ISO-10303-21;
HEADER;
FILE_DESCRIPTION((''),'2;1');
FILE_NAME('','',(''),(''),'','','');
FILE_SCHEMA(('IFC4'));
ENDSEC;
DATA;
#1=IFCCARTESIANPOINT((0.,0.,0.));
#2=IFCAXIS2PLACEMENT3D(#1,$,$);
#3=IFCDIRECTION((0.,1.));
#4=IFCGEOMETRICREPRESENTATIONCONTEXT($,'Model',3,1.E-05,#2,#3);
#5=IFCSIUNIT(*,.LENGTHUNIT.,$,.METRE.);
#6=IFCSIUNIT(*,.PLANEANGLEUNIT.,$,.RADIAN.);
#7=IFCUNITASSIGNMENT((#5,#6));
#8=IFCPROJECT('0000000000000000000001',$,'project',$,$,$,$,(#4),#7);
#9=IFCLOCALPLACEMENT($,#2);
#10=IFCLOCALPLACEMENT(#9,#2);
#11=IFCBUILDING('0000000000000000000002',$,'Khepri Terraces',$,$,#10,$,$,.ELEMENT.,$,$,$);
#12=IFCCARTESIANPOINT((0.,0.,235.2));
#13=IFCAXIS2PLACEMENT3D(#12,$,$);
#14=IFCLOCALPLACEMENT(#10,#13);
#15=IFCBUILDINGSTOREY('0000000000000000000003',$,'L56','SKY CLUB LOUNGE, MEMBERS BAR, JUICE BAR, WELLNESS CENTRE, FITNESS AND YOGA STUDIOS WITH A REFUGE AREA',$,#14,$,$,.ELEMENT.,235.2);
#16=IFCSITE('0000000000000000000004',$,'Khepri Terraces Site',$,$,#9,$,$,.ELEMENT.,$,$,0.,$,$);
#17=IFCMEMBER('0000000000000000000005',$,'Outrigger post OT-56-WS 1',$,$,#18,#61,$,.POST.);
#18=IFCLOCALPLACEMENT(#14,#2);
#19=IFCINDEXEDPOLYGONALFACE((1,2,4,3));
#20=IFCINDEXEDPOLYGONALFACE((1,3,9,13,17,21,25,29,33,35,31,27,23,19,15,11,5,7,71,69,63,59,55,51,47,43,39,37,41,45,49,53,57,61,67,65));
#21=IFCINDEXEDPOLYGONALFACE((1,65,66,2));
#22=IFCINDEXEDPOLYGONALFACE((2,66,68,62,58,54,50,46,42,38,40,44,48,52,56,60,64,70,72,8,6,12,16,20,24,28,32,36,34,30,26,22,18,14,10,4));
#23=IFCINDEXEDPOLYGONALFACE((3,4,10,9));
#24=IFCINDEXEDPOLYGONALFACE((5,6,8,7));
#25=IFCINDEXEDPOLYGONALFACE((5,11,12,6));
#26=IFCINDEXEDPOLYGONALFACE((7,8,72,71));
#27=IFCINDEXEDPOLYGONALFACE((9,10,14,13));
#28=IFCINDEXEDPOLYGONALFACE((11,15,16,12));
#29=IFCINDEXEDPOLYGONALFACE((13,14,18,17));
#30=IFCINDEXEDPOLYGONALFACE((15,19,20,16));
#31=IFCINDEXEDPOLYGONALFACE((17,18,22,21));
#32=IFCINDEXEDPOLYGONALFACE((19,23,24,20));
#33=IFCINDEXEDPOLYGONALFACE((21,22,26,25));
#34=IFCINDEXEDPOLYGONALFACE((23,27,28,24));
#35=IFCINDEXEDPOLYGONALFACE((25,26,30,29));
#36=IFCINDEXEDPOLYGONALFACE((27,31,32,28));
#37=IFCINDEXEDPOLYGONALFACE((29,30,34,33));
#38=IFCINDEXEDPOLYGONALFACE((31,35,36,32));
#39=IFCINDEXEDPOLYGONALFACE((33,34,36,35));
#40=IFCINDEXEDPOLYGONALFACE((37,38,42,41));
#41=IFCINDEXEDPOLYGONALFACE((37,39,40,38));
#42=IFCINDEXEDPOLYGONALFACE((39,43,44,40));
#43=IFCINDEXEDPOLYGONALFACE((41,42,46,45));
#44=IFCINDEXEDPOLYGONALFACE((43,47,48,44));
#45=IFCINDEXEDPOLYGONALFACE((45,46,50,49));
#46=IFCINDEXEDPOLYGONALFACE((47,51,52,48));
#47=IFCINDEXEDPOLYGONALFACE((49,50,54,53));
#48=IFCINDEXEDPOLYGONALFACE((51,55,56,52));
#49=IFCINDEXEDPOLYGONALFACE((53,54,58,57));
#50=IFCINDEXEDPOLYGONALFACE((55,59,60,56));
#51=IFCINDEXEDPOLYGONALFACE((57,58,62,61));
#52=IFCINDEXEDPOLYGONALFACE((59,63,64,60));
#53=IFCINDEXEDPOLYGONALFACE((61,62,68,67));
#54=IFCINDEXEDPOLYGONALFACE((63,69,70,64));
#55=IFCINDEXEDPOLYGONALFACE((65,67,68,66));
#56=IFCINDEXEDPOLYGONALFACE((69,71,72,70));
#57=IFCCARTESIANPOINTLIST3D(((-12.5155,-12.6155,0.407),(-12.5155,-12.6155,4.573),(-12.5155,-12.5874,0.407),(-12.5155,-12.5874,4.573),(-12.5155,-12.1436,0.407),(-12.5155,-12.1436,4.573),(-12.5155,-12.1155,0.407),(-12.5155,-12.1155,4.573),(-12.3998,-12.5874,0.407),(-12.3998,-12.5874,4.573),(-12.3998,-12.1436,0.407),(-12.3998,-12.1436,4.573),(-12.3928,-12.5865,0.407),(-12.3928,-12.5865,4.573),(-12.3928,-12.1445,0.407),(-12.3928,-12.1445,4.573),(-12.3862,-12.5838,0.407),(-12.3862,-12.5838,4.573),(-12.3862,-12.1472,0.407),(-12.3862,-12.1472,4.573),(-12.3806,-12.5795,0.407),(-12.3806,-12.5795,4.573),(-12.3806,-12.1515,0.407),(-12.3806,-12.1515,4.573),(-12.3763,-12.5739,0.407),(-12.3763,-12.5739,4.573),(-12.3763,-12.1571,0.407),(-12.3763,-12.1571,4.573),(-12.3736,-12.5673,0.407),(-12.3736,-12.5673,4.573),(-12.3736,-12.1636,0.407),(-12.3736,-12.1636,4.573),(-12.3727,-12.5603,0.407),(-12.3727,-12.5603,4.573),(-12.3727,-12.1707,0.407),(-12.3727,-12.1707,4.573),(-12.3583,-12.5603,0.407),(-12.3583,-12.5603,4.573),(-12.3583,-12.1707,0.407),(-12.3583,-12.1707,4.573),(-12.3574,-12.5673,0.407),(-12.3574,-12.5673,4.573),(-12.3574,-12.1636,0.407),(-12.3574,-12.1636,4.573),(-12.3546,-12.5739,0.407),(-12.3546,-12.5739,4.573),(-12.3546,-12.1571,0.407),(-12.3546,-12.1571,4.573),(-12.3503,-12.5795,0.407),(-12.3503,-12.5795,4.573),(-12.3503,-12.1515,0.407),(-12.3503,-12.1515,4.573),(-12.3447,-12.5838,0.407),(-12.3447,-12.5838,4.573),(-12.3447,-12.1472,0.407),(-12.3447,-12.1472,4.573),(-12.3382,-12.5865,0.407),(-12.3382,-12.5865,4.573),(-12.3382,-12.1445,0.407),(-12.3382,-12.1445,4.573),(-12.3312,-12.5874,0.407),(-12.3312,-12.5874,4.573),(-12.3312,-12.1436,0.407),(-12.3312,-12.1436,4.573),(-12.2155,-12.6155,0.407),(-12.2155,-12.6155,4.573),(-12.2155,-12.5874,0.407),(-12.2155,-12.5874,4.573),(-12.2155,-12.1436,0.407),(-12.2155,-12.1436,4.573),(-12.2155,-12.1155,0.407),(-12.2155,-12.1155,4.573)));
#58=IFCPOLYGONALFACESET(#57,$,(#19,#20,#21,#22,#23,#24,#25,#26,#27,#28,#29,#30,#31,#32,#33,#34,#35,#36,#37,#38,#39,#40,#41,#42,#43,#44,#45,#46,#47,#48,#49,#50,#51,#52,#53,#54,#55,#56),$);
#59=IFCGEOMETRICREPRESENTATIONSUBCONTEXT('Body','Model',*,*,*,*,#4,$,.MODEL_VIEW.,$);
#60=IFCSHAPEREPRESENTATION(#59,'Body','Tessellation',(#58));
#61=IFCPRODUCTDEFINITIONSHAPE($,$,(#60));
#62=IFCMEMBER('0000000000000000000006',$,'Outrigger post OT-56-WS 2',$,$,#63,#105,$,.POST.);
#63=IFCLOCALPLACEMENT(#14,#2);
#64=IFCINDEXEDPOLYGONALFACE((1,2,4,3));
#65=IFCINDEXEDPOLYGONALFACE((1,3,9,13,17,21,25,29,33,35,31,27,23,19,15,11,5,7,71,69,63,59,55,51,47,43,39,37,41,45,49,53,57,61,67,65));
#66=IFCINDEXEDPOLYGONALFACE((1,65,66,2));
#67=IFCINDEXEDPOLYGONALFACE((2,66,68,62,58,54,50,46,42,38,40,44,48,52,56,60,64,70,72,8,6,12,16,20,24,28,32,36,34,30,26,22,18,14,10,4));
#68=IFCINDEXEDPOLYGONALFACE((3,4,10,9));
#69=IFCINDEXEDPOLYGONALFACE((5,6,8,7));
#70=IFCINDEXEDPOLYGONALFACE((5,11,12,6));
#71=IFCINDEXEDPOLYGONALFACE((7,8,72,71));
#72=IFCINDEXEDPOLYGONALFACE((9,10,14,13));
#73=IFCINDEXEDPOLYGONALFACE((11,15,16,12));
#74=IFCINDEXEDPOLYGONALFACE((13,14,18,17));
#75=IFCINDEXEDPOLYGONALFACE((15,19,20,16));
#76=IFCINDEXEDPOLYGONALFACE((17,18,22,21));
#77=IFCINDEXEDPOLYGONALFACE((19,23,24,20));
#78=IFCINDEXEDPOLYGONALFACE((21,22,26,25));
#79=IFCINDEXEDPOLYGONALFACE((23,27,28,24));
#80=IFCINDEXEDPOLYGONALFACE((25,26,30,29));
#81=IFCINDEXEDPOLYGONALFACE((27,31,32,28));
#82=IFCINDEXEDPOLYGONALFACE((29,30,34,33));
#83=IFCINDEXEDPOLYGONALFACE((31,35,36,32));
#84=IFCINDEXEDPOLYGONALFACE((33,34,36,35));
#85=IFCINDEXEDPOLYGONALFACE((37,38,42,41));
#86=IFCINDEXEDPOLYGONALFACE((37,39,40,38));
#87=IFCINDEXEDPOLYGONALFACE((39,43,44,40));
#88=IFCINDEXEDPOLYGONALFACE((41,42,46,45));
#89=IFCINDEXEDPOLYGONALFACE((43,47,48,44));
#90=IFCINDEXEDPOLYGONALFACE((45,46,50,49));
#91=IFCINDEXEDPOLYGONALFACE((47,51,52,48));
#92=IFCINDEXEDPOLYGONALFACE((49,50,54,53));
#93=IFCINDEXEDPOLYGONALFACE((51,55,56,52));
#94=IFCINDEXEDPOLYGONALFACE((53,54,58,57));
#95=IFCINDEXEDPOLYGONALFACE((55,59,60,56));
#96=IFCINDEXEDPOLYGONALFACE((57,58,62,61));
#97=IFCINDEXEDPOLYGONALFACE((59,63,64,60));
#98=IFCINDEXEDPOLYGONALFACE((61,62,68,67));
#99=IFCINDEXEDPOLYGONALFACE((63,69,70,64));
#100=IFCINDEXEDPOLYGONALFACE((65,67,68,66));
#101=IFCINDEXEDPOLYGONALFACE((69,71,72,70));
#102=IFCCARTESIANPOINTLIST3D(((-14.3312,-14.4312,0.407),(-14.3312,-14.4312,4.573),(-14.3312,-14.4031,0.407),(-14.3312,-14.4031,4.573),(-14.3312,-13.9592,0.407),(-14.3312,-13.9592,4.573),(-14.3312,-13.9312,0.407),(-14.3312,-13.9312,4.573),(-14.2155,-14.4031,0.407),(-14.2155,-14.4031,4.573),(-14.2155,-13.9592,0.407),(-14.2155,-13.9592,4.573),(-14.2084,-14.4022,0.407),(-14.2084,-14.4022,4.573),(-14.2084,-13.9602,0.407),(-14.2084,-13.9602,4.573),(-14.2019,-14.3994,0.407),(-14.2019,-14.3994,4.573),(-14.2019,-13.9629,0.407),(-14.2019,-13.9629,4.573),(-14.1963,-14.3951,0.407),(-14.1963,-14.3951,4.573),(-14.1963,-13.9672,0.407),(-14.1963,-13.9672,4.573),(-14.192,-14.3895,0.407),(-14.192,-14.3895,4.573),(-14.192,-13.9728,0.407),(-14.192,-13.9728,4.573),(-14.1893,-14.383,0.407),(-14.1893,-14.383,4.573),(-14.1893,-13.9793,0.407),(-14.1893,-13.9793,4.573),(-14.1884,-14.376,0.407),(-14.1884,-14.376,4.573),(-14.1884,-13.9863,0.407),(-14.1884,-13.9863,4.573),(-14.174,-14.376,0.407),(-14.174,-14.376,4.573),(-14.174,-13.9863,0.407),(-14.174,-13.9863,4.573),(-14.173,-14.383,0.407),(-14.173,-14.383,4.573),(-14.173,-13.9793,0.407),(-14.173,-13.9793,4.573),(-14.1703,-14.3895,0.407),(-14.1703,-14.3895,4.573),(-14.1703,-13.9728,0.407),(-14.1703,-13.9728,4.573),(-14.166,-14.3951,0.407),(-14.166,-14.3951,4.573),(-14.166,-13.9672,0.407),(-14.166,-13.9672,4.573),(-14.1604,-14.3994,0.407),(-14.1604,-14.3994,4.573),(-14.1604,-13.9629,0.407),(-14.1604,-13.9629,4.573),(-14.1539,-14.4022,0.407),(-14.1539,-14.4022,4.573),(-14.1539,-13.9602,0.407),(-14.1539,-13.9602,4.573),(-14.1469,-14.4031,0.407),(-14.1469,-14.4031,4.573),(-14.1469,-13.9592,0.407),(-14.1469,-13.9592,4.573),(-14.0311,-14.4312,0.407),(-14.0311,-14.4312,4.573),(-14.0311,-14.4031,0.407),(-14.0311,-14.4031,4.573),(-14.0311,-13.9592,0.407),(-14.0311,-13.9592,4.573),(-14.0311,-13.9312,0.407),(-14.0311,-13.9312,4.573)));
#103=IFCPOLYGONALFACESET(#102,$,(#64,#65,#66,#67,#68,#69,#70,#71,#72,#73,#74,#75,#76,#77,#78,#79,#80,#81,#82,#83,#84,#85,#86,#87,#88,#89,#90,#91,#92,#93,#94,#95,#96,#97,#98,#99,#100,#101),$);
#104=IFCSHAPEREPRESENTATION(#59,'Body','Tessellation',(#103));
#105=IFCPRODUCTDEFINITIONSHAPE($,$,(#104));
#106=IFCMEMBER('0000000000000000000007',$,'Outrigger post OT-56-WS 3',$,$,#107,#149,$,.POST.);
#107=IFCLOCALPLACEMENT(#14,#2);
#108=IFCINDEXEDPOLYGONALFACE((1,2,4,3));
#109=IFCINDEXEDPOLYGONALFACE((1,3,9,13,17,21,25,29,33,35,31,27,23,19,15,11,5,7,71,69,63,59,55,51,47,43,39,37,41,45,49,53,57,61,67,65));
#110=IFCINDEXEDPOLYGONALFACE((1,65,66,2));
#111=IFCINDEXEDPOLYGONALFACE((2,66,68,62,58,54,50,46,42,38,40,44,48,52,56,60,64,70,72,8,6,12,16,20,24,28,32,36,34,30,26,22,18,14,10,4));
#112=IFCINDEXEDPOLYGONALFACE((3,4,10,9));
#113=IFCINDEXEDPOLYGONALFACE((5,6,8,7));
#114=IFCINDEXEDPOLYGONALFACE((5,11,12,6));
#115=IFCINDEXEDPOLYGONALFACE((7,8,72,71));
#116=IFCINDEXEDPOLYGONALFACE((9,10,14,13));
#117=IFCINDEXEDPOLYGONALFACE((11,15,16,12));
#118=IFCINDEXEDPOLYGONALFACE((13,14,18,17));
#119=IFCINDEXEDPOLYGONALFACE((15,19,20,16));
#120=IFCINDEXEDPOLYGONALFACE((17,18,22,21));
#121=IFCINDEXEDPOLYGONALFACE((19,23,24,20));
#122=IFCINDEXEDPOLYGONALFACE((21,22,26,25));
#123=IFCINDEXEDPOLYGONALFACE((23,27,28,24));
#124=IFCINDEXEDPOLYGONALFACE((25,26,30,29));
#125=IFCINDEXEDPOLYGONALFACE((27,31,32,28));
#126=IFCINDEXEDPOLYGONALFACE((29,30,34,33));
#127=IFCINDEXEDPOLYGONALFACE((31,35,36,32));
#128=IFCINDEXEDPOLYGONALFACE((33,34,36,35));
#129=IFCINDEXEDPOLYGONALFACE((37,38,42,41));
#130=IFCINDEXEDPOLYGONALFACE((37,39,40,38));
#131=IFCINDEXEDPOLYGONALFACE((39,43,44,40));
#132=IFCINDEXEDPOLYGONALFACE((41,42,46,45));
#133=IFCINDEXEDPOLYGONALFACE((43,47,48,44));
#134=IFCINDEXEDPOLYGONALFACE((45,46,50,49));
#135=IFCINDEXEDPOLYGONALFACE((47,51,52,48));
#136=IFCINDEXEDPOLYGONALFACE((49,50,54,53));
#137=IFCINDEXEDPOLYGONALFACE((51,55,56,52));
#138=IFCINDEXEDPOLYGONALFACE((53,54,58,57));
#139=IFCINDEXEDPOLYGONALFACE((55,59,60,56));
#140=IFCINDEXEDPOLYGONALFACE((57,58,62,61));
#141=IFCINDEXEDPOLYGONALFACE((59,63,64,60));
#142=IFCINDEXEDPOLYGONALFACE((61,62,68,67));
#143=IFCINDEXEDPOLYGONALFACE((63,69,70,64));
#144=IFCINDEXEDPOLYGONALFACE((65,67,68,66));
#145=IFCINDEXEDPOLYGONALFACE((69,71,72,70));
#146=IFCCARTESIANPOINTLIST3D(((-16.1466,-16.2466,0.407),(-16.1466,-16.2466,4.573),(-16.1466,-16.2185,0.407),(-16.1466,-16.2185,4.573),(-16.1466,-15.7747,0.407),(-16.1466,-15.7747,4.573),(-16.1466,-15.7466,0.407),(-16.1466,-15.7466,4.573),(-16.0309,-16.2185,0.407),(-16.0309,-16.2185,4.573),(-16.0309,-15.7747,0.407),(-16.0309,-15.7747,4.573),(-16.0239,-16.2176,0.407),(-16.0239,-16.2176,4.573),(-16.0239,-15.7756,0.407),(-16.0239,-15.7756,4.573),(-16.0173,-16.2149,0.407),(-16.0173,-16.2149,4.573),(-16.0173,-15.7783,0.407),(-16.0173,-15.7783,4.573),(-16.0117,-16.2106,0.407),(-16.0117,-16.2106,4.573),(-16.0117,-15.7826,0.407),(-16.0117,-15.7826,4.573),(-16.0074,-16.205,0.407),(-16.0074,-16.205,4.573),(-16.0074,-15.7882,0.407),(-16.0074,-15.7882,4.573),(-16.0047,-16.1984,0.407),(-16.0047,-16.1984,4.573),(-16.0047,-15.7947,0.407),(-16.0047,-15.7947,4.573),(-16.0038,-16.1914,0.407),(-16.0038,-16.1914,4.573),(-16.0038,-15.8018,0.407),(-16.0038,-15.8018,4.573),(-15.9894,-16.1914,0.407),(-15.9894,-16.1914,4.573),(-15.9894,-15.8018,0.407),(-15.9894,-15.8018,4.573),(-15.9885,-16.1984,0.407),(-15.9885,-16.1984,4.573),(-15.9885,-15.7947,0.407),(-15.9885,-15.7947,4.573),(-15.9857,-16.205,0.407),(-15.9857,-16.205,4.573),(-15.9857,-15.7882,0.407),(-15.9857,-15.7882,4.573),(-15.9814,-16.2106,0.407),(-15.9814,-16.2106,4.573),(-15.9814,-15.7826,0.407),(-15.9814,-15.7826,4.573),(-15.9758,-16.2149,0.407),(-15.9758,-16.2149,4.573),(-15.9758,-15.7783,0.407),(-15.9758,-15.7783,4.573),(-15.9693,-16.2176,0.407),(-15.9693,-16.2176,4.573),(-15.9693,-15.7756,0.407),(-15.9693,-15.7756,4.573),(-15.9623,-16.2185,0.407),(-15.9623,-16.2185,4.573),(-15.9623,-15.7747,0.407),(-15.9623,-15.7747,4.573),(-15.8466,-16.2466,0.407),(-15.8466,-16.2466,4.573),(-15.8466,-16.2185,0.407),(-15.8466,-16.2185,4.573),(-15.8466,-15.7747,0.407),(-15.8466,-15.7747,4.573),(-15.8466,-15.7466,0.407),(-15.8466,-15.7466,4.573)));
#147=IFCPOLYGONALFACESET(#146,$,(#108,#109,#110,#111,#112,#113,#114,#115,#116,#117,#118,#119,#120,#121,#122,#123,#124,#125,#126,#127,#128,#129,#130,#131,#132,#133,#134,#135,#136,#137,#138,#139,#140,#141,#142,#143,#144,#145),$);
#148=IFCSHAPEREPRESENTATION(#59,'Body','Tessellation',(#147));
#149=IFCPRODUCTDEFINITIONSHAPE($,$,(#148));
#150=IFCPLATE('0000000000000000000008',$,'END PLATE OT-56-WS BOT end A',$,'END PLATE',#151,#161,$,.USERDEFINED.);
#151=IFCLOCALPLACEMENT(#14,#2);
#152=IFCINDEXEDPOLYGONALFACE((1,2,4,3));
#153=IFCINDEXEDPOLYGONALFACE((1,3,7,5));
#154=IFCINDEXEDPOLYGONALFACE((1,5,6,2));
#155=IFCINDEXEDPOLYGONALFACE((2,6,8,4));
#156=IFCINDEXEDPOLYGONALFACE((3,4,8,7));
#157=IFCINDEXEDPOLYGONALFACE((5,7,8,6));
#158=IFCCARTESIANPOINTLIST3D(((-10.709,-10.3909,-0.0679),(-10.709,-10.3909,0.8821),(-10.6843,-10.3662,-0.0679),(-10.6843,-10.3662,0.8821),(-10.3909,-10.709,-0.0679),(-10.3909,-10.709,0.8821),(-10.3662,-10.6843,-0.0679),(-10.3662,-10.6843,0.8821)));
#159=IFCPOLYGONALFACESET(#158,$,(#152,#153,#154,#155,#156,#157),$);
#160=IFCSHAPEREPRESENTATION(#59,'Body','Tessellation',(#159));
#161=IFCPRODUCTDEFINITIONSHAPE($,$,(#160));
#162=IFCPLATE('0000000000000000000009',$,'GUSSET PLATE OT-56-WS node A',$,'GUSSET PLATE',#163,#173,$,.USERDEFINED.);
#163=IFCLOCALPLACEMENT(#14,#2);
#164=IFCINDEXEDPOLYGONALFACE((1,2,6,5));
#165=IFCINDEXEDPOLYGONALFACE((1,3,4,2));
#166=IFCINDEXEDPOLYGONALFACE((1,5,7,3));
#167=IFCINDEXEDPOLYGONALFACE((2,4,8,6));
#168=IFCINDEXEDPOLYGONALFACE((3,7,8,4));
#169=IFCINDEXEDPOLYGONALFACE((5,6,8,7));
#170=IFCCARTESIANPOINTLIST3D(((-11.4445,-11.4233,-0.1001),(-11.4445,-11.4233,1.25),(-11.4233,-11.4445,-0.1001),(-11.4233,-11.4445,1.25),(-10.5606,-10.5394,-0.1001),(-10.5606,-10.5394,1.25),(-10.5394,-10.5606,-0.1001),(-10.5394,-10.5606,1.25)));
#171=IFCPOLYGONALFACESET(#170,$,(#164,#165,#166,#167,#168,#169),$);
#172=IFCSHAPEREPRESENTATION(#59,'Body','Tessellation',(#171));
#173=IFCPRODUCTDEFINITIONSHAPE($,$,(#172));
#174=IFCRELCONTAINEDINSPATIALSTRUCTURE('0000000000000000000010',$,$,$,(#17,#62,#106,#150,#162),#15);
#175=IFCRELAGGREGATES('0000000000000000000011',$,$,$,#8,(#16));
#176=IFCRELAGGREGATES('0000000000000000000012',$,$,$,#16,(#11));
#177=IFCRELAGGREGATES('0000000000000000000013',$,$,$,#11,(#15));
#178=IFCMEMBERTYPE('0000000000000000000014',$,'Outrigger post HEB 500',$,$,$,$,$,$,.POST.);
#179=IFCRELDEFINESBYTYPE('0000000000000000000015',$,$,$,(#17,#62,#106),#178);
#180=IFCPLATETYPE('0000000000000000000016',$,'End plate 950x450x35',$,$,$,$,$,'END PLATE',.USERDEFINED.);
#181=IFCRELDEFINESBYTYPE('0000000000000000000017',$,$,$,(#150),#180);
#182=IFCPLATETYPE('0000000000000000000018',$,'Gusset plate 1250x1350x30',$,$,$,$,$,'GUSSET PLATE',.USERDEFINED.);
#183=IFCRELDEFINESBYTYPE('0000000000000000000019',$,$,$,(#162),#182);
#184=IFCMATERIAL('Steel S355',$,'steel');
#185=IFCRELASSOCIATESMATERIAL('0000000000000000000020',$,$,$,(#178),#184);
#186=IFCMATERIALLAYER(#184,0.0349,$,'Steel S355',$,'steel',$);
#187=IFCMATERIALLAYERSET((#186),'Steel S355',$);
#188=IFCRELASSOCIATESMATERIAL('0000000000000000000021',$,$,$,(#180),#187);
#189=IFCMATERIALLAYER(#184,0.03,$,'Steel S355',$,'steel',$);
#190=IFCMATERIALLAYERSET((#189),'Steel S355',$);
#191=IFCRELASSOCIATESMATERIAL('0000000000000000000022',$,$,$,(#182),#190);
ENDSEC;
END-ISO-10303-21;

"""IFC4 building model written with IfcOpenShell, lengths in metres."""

from ifc_helpers import new_model, si_unit, direction, frame, origin, origin_2d, place, context, subcontext, project, spatial, rectangle, i_section, extrude, material, layer, layer_set, material_profile, profile_set, type_object, element, save


model = new_model("IFC4")

# Units and contexts
model_context = context("Model", 3, precision=1e-05, world=origin(), true_north=direction((0.0, 1.0)))
body_context = subcontext(model_context, "Body", "Model", "MODEL_VIEW")
ifc_project = project(units=[si_unit("LENGTHUNIT", "METRE"), si_unit("PLANEANGLEUNIT", "RADIAN")], contexts=[model_context])

# Site, building, storey
site_placement = place(None, origin())
site = spatial("IfcSite", under=ifc_project, at=site_placement, Name="Khepri Terraces Site", CompositionType="ELEMENT", RefElevation=0.0)
building_placement = place(site_placement, origin())
building = spatial("IfcBuilding", under=site, at=building_placement, Name="Khepri Terraces", CompositionType="ELEMENT")
storey_placement = place(building_placement, frame((0.0, 0.0, 235.2)))
storey = spatial("IfcBuildingStorey", under=building, at=storey_placement, Name="L56", Description="SKY CLUB LOUNGE, MEMBERS BAR, JUICE BAR, WELLNESS CENTRE, FITNESS AND YOGA STUDIOS WITH A REFUGE AREA", CompositionType="ELEMENT", Elevation=235.2)

# Members
ifc_material_1 = material(Name="Steel S355", Category="steel")
ifc_material_profile_1 = material_profile(ifc_material_1, i_section(OverallWidth=0.3, OverallDepth=0.5, WebThickness=0.0144, FlangeThickness=0.0281, FilletRadius=0.0271, at=origin_2d()), Name="Steel S355", Category="steel")
ifc_profile_set_1 = profile_set([ifc_material_profile_1], Name="Steel S355")
member_type_1 = type_object("IfcMemberType", Name="Outrigger post HEB 500", PredefinedType="POST", material=ifc_profile_set_1)
for number, where, z_axis, x_axis, name in (
    (1, (-12.3655, -12.3655, 0.407), (0.0, 0.0, 1.0), (1.0, 0.0, 0.0), "Outrigger post OT-56-WS 1"),
    (2, (-14.1812, -14.1812, 0.407), (0.0, 0.0, 1.0), (1.0, 0.0, 0.0), "Outrigger post OT-56-WS 2"),
    (3, (-15.9966, -15.9966, 0.407), (0.0, 0.0, 1.0), (1.0, 0.0, 0.0), "Outrigger post OT-56-WS 3"),
):
    element("IfcMember", number, at=place(storey_placement, frame(where, z_axis=z_axis, x_axis=x_axis)), inside=storey, type_object=member_type_1, Name=name, PredefinedType="POST", context=body_context, shape_type="SweptSolid", body=[
        extrude(i_section(OverallWidth=0.3, OverallDepth=0.5, WebThickness=0.0144, FlangeThickness=0.0281, FilletRadius=0.0271, at=origin_2d()), origin(), (0.0, 0.0, 1.0), 4.166),
    ])

# Plates
ifc_layer_1 = layer(ifc_material_1, 0.0349, Name="Steel S355", Category="steel")
ifc_layer_set_1 = layer_set([ifc_layer_1], Name="Steel S355")
plate_type_1 = type_object("IfcPlateType", Name="End plate 950x450x35", ElementType="END PLATE", PredefinedType="USERDEFINED", material=ifc_layer_set_1)
plate_1_placement = place(storey_placement, frame((-10.5376, -10.5376, -0.0679), z_axis=(0.0, 0.0, 1.0), x_axis=(-0.707107, -0.707107, 0.0)))
element("IfcPlate", 4, at=plate_1_placement, inside=storey, type_object=plate_type_1, Name="END PLATE OT-56-WS BOT end A", ObjectType="END PLATE", PredefinedType="USERDEFINED", context=body_context, shape_type="SweptSolid", body=[
    extrude(rectangle(XDim=0.0349, YDim=0.45, at=origin_2d()), origin(), (0.0, 0.0, 1.0), 0.95),
])
ifc_layer_2 = layer(ifc_material_1, 0.03, Name="Steel S355", Category="steel")
ifc_layer_set_2 = layer_set([ifc_layer_2], Name="Steel S355")
plate_type_2 = type_object("IfcPlateType", Name="Gusset plate 1250x1350x30", ElementType="GUSSET PLATE", PredefinedType="USERDEFINED", material=ifc_layer_set_2)
plate_2_placement = place(storey_placement, frame((-10.9919, -10.9919, -0.1001), z_axis=(0.0, 0.0, 1.0), x_axis=(-0.707107, -0.707107, 0.0)))
element("IfcPlate", 5, at=plate_2_placement, inside=storey, type_object=plate_type_2, Name="GUSSET PLATE OT-56-WS node A", ObjectType="GUSSET PLATE", PredefinedType="USERDEFINED", context=body_context, shape_type="SweptSolid", body=[
    extrude(rectangle(XDim=1.25, YDim=0.03, at=origin_2d()), origin(), (0.0, 0.0, 1.0), 1.3501),
])

save(model, "model.ifc")
